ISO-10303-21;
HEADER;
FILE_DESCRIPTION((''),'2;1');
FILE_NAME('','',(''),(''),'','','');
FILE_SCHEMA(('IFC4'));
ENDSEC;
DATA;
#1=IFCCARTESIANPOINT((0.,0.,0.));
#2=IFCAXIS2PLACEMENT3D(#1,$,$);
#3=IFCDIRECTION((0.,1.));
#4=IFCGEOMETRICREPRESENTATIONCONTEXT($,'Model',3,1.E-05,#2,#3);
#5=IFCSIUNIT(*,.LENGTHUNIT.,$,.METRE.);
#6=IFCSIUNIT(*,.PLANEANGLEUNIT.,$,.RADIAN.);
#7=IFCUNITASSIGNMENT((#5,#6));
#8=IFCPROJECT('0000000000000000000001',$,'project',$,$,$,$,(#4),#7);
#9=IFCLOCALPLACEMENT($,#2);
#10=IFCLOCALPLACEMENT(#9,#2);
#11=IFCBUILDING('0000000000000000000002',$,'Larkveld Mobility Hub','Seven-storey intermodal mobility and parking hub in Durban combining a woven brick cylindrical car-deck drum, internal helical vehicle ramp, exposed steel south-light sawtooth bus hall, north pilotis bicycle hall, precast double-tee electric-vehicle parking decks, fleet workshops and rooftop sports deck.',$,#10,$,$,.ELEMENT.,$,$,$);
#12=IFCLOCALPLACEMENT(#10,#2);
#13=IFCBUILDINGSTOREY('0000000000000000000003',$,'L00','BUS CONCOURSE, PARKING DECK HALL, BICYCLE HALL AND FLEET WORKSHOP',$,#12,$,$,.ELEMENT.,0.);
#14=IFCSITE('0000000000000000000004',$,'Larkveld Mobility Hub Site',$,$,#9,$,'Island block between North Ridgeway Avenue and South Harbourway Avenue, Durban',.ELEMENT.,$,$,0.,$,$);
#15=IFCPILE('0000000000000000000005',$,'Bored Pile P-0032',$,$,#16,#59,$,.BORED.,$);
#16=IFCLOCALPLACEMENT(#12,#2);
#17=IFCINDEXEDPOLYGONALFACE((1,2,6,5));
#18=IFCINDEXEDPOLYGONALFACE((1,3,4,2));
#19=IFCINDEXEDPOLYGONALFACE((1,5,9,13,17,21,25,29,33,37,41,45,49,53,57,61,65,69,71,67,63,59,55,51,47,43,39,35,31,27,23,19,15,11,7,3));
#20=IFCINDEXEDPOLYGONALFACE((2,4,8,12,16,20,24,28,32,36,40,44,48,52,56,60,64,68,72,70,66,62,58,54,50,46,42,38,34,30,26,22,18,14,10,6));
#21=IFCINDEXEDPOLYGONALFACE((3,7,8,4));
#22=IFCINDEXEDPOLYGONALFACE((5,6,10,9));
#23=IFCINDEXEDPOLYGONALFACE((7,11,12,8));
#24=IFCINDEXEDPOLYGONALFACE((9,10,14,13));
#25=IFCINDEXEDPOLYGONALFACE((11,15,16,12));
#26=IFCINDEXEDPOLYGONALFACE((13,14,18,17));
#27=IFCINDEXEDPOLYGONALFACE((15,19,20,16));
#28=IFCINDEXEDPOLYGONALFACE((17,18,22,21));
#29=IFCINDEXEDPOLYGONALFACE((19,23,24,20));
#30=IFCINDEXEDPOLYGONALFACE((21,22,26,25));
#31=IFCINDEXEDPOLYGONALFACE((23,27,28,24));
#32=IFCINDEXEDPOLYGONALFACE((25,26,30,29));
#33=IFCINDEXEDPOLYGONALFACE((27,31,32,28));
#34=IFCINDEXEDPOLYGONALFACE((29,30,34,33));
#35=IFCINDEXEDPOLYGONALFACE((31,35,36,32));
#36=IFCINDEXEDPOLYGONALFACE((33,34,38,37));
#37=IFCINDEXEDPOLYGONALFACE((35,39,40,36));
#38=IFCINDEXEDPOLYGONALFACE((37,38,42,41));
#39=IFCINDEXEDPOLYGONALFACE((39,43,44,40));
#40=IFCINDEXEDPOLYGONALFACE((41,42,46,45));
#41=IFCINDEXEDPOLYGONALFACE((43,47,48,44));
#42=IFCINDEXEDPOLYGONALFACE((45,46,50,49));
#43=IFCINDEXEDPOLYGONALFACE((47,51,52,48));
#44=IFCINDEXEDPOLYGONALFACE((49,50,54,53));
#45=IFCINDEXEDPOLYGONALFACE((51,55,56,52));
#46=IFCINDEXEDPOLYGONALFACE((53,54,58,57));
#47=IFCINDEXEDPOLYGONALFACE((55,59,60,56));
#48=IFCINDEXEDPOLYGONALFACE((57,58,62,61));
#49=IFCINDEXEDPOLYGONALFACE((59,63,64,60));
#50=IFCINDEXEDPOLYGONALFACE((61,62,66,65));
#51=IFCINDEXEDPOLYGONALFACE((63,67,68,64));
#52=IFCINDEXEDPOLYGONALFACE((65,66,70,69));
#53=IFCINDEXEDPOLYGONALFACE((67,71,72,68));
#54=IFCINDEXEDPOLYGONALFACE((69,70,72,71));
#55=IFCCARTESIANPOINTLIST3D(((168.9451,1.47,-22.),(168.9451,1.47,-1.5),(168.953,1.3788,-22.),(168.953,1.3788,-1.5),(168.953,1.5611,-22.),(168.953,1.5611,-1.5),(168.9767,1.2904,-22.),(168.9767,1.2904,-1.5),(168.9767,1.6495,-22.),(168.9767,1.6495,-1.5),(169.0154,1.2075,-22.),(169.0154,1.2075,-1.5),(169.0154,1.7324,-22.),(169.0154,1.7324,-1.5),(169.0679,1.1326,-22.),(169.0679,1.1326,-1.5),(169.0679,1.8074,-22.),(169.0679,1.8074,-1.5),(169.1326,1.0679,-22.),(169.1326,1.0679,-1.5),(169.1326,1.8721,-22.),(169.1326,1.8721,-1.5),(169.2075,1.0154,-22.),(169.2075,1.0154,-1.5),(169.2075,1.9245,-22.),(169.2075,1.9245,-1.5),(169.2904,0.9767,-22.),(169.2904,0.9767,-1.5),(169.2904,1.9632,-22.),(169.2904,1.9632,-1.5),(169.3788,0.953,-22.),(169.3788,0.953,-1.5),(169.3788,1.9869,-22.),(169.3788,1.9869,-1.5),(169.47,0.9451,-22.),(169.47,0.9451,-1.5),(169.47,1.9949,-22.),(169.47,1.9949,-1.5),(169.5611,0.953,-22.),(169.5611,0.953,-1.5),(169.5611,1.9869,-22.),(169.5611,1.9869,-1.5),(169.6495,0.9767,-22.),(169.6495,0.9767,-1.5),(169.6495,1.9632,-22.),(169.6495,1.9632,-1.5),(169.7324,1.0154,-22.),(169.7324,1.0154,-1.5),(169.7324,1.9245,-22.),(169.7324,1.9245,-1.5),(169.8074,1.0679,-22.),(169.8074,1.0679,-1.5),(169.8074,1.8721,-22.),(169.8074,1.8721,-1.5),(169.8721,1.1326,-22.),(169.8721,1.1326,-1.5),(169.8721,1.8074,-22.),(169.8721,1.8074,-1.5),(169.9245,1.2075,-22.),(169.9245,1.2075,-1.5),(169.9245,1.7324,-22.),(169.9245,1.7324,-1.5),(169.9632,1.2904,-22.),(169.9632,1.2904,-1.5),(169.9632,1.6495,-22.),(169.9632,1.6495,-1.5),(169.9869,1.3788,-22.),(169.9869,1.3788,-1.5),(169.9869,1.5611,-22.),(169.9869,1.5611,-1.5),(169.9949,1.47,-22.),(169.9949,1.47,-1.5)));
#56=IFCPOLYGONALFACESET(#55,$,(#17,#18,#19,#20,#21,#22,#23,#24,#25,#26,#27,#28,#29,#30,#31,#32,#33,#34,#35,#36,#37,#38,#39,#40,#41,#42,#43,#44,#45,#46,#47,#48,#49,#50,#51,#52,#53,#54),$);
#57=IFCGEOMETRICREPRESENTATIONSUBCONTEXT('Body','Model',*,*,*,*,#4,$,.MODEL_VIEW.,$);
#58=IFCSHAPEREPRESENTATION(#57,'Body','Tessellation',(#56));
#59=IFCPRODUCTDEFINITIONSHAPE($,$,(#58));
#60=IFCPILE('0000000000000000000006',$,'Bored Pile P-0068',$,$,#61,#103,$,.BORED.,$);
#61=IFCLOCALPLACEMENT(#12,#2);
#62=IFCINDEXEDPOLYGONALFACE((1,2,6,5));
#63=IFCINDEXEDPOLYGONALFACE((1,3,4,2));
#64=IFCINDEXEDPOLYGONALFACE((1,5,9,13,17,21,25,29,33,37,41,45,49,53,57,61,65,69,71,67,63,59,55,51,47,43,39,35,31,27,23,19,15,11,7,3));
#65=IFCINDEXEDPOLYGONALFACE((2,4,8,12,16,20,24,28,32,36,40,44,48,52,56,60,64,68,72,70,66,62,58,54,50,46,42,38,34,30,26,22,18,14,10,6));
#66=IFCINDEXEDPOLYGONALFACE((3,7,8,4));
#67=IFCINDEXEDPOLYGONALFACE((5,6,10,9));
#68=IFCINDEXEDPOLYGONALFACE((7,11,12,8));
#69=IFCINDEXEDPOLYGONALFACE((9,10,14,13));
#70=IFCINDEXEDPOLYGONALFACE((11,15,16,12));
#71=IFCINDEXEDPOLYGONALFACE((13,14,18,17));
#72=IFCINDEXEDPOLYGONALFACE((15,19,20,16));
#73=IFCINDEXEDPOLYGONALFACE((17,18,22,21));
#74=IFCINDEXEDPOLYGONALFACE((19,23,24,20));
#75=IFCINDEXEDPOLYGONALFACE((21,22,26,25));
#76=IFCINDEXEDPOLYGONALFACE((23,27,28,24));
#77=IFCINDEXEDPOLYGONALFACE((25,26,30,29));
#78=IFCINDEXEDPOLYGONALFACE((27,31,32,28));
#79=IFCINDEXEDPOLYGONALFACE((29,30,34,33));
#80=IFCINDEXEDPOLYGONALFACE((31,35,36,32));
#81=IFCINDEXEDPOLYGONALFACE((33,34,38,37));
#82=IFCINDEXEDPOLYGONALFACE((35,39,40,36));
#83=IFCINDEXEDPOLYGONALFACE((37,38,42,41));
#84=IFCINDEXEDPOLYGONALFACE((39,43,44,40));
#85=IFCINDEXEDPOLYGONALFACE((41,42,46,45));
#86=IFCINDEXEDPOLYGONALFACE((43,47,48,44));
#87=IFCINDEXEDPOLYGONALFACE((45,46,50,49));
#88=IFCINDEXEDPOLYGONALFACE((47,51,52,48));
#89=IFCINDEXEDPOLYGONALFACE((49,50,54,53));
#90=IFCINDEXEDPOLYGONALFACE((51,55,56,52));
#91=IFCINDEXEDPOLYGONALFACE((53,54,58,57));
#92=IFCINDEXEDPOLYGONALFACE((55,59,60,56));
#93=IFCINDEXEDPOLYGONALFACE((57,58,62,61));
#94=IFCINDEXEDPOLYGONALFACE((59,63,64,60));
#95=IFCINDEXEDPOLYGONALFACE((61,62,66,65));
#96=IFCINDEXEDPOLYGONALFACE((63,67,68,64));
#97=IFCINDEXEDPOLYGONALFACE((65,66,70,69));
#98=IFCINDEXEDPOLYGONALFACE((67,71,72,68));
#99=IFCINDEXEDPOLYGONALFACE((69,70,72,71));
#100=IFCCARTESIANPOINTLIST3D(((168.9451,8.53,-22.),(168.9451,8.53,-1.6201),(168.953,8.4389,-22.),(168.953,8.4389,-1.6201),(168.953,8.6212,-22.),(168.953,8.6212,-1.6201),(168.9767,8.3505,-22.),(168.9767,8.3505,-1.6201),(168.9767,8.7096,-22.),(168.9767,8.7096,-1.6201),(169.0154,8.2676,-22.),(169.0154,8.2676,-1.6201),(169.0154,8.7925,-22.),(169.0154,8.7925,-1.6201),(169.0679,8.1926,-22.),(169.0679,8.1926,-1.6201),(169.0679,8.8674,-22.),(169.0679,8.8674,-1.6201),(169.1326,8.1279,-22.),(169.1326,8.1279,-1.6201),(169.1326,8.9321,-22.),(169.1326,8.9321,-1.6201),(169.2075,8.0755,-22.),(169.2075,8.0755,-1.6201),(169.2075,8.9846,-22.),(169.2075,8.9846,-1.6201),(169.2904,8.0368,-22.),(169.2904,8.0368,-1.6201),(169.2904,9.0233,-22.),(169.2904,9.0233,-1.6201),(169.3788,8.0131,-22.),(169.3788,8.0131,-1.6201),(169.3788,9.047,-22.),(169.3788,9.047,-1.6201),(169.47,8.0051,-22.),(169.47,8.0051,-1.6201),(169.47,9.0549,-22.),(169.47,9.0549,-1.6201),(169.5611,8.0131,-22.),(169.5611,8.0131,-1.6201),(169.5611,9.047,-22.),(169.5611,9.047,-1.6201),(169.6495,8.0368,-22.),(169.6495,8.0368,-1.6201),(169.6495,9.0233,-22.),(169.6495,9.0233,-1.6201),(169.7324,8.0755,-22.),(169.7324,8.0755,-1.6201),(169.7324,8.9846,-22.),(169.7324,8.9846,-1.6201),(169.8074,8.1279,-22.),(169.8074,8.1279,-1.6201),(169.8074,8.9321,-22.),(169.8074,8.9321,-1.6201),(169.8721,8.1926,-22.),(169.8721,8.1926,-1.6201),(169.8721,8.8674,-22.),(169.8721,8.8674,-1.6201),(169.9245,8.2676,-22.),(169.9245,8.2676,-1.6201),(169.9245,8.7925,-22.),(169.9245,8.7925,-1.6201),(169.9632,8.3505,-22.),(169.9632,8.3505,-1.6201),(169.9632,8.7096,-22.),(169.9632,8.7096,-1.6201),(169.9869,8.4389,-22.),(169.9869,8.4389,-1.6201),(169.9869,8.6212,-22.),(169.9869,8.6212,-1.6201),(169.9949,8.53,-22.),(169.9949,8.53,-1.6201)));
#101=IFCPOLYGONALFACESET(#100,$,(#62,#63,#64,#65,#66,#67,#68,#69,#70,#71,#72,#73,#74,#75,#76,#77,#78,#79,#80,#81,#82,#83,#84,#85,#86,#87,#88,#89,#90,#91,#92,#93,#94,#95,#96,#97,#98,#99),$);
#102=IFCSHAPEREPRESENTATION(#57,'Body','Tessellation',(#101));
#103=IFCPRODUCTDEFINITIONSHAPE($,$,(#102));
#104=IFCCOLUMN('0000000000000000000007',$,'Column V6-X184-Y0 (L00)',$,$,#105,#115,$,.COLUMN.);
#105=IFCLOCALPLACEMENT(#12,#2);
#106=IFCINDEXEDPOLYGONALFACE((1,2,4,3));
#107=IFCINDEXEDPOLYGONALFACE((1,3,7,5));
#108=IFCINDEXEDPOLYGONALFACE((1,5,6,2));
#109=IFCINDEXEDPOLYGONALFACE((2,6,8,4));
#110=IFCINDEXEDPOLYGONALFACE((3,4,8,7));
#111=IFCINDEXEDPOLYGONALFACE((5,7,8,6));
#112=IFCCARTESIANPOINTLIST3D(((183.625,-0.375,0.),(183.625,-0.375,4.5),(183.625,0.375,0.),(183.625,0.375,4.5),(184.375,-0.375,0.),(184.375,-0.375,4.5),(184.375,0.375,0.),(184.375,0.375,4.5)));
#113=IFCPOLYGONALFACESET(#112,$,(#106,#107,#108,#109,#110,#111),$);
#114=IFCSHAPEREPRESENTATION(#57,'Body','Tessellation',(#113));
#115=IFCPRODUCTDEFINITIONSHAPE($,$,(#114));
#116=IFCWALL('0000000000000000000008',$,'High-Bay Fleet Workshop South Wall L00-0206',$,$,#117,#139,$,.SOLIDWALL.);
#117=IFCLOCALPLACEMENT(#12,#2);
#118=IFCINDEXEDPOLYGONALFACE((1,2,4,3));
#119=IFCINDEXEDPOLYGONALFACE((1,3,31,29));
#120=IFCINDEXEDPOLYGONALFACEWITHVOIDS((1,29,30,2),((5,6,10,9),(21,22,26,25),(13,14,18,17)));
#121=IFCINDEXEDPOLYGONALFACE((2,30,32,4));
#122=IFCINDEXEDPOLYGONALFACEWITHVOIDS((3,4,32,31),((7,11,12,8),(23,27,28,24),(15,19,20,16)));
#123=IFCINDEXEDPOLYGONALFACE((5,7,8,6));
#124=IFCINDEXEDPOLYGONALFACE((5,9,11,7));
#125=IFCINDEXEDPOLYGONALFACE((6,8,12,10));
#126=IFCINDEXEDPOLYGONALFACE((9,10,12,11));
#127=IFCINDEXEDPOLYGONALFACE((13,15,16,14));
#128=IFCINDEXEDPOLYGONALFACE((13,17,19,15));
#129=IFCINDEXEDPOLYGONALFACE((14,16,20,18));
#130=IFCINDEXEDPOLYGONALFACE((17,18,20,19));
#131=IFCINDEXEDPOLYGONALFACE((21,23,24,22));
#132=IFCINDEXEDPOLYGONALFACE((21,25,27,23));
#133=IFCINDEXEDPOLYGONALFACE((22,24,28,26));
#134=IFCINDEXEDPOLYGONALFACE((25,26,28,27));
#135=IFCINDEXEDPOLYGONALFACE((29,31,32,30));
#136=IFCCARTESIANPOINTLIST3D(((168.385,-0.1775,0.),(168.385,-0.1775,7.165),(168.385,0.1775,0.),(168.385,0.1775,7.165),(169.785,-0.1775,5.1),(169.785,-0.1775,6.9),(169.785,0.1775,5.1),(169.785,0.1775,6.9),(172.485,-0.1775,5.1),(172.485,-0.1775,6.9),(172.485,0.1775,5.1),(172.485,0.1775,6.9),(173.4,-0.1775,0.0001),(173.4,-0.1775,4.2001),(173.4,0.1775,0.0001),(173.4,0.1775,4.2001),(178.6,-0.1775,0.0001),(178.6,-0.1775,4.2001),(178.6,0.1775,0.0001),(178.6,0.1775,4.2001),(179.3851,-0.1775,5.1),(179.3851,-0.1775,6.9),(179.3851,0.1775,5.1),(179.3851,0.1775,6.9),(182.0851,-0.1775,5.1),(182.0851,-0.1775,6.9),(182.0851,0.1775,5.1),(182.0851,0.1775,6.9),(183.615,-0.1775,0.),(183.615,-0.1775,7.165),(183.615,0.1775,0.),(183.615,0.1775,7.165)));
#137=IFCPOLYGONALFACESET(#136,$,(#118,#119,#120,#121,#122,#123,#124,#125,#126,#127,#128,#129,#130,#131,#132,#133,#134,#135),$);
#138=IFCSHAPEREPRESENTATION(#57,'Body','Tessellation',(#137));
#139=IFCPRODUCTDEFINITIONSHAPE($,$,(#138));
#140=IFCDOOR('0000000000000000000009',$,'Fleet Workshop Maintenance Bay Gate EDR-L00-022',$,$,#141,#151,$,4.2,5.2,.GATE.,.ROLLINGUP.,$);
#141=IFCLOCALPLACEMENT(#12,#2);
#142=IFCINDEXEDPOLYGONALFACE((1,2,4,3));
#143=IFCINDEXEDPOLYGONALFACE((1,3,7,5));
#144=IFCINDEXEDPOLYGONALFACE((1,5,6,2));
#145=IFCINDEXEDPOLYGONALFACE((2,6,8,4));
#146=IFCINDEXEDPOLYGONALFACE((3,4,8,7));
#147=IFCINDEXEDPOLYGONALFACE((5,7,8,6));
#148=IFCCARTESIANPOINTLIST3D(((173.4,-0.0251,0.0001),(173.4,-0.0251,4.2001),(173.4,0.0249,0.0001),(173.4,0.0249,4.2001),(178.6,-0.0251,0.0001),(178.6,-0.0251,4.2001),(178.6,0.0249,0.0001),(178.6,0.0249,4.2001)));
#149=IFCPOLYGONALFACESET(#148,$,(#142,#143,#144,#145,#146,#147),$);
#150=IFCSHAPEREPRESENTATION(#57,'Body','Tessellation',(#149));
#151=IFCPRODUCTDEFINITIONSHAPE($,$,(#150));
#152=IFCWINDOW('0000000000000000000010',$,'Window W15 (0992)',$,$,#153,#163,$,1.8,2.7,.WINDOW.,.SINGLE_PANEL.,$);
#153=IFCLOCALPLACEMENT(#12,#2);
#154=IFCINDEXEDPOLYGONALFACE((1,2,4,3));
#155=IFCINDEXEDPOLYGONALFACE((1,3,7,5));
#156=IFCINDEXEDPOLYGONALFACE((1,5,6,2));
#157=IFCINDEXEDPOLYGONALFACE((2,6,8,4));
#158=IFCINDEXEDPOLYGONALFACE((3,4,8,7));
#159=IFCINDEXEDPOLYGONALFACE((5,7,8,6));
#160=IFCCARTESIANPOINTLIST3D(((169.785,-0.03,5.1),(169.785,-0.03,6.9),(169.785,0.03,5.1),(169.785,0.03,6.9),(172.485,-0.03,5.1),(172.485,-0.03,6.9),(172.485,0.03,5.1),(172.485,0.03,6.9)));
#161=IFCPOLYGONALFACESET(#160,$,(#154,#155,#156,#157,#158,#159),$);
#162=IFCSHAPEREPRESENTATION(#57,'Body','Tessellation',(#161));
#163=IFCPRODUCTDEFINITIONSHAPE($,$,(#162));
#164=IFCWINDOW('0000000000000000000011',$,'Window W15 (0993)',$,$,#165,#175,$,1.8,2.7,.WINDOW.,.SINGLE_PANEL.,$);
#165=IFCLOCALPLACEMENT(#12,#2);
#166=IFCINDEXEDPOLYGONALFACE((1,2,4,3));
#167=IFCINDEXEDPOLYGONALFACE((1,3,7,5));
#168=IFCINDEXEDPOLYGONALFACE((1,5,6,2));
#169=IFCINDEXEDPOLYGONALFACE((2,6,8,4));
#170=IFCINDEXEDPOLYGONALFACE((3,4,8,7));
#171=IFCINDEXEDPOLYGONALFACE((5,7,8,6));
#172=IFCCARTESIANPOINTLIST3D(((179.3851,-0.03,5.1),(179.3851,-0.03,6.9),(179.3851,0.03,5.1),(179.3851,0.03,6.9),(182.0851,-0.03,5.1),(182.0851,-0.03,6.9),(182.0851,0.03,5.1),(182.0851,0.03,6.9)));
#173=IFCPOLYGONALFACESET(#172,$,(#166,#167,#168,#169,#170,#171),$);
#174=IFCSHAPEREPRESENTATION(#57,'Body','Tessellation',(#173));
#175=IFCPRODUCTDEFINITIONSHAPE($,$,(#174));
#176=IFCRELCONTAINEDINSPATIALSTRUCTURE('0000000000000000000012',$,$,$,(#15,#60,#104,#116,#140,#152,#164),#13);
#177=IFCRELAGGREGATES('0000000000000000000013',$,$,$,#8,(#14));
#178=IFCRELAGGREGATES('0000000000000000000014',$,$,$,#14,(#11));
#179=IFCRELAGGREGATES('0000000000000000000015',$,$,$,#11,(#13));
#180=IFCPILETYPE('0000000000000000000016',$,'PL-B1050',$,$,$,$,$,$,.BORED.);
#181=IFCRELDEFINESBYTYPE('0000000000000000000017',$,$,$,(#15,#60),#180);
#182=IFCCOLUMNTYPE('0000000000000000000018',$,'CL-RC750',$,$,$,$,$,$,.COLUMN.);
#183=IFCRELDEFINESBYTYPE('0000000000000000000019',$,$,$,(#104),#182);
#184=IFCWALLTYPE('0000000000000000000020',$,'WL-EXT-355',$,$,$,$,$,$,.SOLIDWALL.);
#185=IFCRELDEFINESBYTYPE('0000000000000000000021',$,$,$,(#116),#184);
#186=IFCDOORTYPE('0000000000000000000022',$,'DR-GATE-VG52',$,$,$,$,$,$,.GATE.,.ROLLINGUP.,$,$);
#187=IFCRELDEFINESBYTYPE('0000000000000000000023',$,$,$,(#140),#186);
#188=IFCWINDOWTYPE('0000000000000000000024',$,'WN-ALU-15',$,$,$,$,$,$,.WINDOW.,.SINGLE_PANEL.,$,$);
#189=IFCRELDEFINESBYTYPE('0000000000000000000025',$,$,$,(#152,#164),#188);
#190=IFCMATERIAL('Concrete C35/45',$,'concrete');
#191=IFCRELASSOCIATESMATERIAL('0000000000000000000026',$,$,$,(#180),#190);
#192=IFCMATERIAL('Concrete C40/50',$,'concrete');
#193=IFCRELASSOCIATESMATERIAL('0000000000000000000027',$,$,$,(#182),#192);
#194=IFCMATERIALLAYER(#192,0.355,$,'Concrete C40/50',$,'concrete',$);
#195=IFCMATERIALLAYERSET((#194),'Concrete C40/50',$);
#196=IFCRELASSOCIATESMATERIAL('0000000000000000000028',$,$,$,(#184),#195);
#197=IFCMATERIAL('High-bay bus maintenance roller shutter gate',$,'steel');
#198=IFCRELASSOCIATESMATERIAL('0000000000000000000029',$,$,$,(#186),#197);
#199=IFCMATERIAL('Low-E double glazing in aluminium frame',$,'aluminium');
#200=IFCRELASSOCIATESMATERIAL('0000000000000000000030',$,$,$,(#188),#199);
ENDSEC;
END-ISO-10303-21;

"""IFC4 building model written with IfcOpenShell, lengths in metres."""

from ifc_helpers import new_model, si_unit, direction, frame, frame_2d, origin, origin_2d, place, context, subcontext, project, spatial, rectangle, circle, extrude, material, layer, layer_set, material_profile, profile_set, type_object, element, fill, save


model = new_model("IFC4")

# Units and contexts
model_context = context("Model", 3, precision=1e-05, world=origin(), true_north=direction((0.0, 1.0)))
body_context = subcontext(model_context, "Body", "Model", "MODEL_VIEW")
ifc_project = project(units=[si_unit("LENGTHUNIT", "METRE"), si_unit("PLANEANGLEUNIT", "RADIAN")], contexts=[model_context])

# Site, building, storey
site_placement = place(None, origin())
site = spatial("IfcSite", under=ifc_project, at=site_placement, Name="Larkveld Mobility Hub Site", LongName="Island block between North Ridgeway Avenue and South Harbourway Avenue, Durban", CompositionType="ELEMENT", RefElevation=0.0)
building_placement = place(site_placement, origin())
building = spatial("IfcBuilding", under=site, at=building_placement, Name="Larkveld Mobility Hub", Description="Seven-storey intermodal mobility and parking hub in Durban combining a woven brick cylindrical car-deck drum, internal helical vehicle ramp, exposed steel south-light sawtooth bus hall, north pilotis bicycle hall, precast double-tee electric-vehicle parking decks, fleet workshops and rooftop sports deck.", CompositionType="ELEMENT")
storey_placement = place(building_placement, origin())
storey = spatial("IfcBuildingStorey", under=building, at=storey_placement, Name="L00", Description="BUS CONCOURSE, PARKING DECK HALL, BICYCLE HALL AND FLEET WORKSHOP", CompositionType="ELEMENT", Elevation=0.0)

# Shared definitions
ifc_material_1 = material(Name="Concrete C35/45", Category="concrete")

# Piles
ifc_material_profile_1 = material_profile(ifc_material_1, circle(Radius=0.5249, at=origin_2d()), Name="PILE D1050")
ifc_profile_set_1 = profile_set([ifc_material_profile_1], Name="Concrete C35/45")
pile_type_1 = type_object("IfcPileType", Name="PL-B1050", PredefinedType="BORED", material=ifc_profile_set_1)
for number, where, z_axis, x_axis, name in (
    (1, (169.47, 1.47, -1.5), (0.0, 0.0, -1.0), (1.0, 0.0, 0.0), "Bored Pile P-0032"),
):
    element("IfcPile", number, at=place(storey_placement, frame(where, z_axis=z_axis, x_axis=x_axis)), inside=storey, type_object=pile_type_1, Name=name, PredefinedType="BORED", context=body_context, shape_type="SweptSolid", body=[
        extrude(circle(Radius=0.5249, at=origin_2d()), origin(), (0.0, 0.0, 1.0), 20.5),
    ])
pile_1_placement = place(storey_placement, frame((169.47, 8.53, -1.6201), z_axis=(0.0, 0.0, -1.0), x_axis=(1.0, 0.0, 0.0)))
element("IfcPile", 2, at=pile_1_placement, inside=storey, type_object=pile_type_1, Name="Bored Pile P-0068", PredefinedType="BORED", context=body_context, shape_type="SweptSolid", body=[
    extrude(circle(Radius=0.5249, at=origin_2d()), origin(), (0.0, 0.0, 1.0), 20.3799),
])

# Column
ifc_material_2 = material(Name="Concrete C40/50", Category="concrete")
ifc_material_profile_2 = material_profile(ifc_material_2, rectangle(XDim=0.75, YDim=0.75, at=origin_2d()), Name="RC COL 750x750")
ifc_profile_set_2 = profile_set([ifc_material_profile_2], Name="Concrete C40/50")
column_type = type_object("IfcColumnType", Name="CL-RC750", PredefinedType="COLUMN", material=ifc_profile_set_2)
column_placement = place(storey_placement, frame((184.0, 0.0, 0.0), z_axis=(0.0, 0.0, 1.0), x_axis=(1.0, 0.0, 0.0)))
element("IfcColumn", 3, at=column_placement, inside=storey, type_object=column_type, Name="Column V6-X184-Y0 (L00)", PredefinedType="COLUMN", context=body_context, shape_type="SweptSolid", body=[
    extrude(rectangle(XDim=0.75, YDim=0.75, at=origin_2d()), origin(), (0.0, 0.0, 1.0), 4.5),
])

# Wall, openings, door, windows
ifc_layer_1 = layer(ifc_material_2, 0.355, Name="Concrete C40/50", Category="concrete")
ifc_layer_set_1 = layer_set([ifc_layer_1], Name="Concrete C40/50")
wall_type = type_object("IfcWallType", Name="WL-EXT-355", PredefinedType="SOLIDWALL", material=ifc_layer_set_1)
wall_1_placement = place(storey_placement, frame((168.385, 0.0, 0.0), z_axis=(0.0, 0.0, 1.0), x_axis=(1.0, 0.0, 0.0)))
wall_1 = element("IfcWall", 4, at=wall_1_placement, inside=storey, type_object=wall_type, Name="High-Bay Fleet Workshop South Wall L00-0206", PredefinedType="SOLIDWALL", context=body_context, shape_type="SweptSolid", body=[
    extrude(rectangle(XDim=15.23, YDim=0.355, at=frame_2d((7.615, 0.0))), origin(), (0.0, 0.0, 1.0), 7.165),
])
opening_1_placement = place(wall_1_placement, frame((5.0149, 0.0, 0.0)))
opening_1 = element("IfcOpeningElement", 5, at=opening_1_placement, cuts=wall_1, PredefinedType="OPENING", context=body_context, shape_type="SweptSolid", body=[
    extrude(rectangle(XDim=5.2, YDim=4.2, at=frame_2d((2.6001, 2.1001))), frame((0.0, 0.1875, 0.0), z_axis=(0.0, -1.0, 0.0), x_axis=(1.0, 0.0, 0.0)), (0.0, 0.0, 1.0), 0.375),
])
opening_2_placement = place(wall_1_placement, frame((1.3999, 0.0, 5.1001)))
opening_2 = element("IfcOpeningElement", 6, at=opening_2_placement, cuts=wall_1, PredefinedType="OPENING", context=body_context, shape_type="SweptSolid", body=[
    extrude(rectangle(XDim=2.7, YDim=1.8, at=frame_2d((1.3501, 0.8999))), frame((0.0, 0.1875, 0.0), z_axis=(0.0, -1.0, 0.0), x_axis=(1.0, 0.0, 0.0)), (0.0, 0.0, 1.0), 0.375),
])
opening_3_placement = place(wall_1_placement, frame((11.0, 0.0, 5.1001)))
opening_3 = element("IfcOpeningElement", 7, at=opening_3_placement, cuts=wall_1, PredefinedType="OPENING", context=body_context, shape_type="SweptSolid", body=[
    extrude(rectangle(XDim=2.7, YDim=1.8, at=frame_2d((1.3501, 0.8999))), frame((0.0, 0.1875, 0.0), z_axis=(0.0, -1.0, 0.0), x_axis=(1.0, 0.0, 0.0)), (0.0, 0.0, 1.0), 0.375),
])
ifc_material_3 = material(Name="High-bay bus maintenance roller shutter gate", Category="steel")
door_type = type_object("IfcDoorType", Name="DR-GATE-VG52", OperationType="ROLLINGUP", PredefinedType="GATE", material=ifc_material_3)
door_placement = place(opening_1_placement, origin())
door = element("IfcDoor", 8, at=door_placement, inside=storey, type_object=door_type, Name="Fleet Workshop Maintenance Bay Gate EDR-L00-022", OperationType="ROLLINGUP", OverallHeight=4.2, OverallWidth=5.2, PredefinedType="GATE", context=body_context, shape_type="SweptSolid", body=[
    extrude(rectangle(XDim=5.2, YDim=4.2, at=frame_2d((2.6001, 2.1001))), frame((0.0, 0.0249, 0.0), z_axis=(0.0, -1.0, 0.0), x_axis=(1.0, 0.0, 0.0)), (0.0, 0.0, 1.0), 0.05),
])
fill(opening_1, door)
ifc_material_4 = material(Name="Low-E double glazing in aluminium frame", Category="aluminium")
window_type_1 = type_object("IfcWindowType", Name="WN-ALU-15", PartitioningType="SINGLE_PANEL", PredefinedType="WINDOW", material=ifc_material_4)
window_1_placement = place(opening_2_placement, origin())
window_1 = element("IfcWindow", 9, at=window_1_placement, inside=storey, type_object=window_type_1, Name="Window W15 (0992)", OverallHeight=1.8, OverallWidth=2.7, PartitioningType="SINGLE_PANEL", PredefinedType="WINDOW", context=body_context, shape_type="SweptSolid", body=[
    extrude(rectangle(XDim=2.7, YDim=1.8, at=frame_2d((1.3501, 0.8999))), frame((0.0, 0.03, 0.0), z_axis=(0.0, -1.0, 0.0), x_axis=(1.0, 0.0, 0.0)), (0.0, 0.0, 1.0), 0.0601),
])
fill(opening_2, window_1)
window_2_placement = place(opening_3_placement, origin())
window_2 = element("IfcWindow", 10, at=window_2_placement, inside=storey, type_object=window_type_1, Name="Window W15 (0993)", OverallHeight=1.8, OverallWidth=2.7, PartitioningType="SINGLE_PANEL", PredefinedType="WINDOW", context=body_context, shape_type="SweptSolid", body=[
    extrude(rectangle(XDim=2.7, YDim=1.8, at=frame_2d((1.3501, 0.8999))), frame((0.0, 0.03, 0.0), z_axis=(0.0, -1.0, 0.0), x_axis=(1.0, 0.0, 0.0)), (0.0, 0.0, 1.0), 0.0601),
])
fill(opening_3, window_2)

save(model, "model.ifc")
